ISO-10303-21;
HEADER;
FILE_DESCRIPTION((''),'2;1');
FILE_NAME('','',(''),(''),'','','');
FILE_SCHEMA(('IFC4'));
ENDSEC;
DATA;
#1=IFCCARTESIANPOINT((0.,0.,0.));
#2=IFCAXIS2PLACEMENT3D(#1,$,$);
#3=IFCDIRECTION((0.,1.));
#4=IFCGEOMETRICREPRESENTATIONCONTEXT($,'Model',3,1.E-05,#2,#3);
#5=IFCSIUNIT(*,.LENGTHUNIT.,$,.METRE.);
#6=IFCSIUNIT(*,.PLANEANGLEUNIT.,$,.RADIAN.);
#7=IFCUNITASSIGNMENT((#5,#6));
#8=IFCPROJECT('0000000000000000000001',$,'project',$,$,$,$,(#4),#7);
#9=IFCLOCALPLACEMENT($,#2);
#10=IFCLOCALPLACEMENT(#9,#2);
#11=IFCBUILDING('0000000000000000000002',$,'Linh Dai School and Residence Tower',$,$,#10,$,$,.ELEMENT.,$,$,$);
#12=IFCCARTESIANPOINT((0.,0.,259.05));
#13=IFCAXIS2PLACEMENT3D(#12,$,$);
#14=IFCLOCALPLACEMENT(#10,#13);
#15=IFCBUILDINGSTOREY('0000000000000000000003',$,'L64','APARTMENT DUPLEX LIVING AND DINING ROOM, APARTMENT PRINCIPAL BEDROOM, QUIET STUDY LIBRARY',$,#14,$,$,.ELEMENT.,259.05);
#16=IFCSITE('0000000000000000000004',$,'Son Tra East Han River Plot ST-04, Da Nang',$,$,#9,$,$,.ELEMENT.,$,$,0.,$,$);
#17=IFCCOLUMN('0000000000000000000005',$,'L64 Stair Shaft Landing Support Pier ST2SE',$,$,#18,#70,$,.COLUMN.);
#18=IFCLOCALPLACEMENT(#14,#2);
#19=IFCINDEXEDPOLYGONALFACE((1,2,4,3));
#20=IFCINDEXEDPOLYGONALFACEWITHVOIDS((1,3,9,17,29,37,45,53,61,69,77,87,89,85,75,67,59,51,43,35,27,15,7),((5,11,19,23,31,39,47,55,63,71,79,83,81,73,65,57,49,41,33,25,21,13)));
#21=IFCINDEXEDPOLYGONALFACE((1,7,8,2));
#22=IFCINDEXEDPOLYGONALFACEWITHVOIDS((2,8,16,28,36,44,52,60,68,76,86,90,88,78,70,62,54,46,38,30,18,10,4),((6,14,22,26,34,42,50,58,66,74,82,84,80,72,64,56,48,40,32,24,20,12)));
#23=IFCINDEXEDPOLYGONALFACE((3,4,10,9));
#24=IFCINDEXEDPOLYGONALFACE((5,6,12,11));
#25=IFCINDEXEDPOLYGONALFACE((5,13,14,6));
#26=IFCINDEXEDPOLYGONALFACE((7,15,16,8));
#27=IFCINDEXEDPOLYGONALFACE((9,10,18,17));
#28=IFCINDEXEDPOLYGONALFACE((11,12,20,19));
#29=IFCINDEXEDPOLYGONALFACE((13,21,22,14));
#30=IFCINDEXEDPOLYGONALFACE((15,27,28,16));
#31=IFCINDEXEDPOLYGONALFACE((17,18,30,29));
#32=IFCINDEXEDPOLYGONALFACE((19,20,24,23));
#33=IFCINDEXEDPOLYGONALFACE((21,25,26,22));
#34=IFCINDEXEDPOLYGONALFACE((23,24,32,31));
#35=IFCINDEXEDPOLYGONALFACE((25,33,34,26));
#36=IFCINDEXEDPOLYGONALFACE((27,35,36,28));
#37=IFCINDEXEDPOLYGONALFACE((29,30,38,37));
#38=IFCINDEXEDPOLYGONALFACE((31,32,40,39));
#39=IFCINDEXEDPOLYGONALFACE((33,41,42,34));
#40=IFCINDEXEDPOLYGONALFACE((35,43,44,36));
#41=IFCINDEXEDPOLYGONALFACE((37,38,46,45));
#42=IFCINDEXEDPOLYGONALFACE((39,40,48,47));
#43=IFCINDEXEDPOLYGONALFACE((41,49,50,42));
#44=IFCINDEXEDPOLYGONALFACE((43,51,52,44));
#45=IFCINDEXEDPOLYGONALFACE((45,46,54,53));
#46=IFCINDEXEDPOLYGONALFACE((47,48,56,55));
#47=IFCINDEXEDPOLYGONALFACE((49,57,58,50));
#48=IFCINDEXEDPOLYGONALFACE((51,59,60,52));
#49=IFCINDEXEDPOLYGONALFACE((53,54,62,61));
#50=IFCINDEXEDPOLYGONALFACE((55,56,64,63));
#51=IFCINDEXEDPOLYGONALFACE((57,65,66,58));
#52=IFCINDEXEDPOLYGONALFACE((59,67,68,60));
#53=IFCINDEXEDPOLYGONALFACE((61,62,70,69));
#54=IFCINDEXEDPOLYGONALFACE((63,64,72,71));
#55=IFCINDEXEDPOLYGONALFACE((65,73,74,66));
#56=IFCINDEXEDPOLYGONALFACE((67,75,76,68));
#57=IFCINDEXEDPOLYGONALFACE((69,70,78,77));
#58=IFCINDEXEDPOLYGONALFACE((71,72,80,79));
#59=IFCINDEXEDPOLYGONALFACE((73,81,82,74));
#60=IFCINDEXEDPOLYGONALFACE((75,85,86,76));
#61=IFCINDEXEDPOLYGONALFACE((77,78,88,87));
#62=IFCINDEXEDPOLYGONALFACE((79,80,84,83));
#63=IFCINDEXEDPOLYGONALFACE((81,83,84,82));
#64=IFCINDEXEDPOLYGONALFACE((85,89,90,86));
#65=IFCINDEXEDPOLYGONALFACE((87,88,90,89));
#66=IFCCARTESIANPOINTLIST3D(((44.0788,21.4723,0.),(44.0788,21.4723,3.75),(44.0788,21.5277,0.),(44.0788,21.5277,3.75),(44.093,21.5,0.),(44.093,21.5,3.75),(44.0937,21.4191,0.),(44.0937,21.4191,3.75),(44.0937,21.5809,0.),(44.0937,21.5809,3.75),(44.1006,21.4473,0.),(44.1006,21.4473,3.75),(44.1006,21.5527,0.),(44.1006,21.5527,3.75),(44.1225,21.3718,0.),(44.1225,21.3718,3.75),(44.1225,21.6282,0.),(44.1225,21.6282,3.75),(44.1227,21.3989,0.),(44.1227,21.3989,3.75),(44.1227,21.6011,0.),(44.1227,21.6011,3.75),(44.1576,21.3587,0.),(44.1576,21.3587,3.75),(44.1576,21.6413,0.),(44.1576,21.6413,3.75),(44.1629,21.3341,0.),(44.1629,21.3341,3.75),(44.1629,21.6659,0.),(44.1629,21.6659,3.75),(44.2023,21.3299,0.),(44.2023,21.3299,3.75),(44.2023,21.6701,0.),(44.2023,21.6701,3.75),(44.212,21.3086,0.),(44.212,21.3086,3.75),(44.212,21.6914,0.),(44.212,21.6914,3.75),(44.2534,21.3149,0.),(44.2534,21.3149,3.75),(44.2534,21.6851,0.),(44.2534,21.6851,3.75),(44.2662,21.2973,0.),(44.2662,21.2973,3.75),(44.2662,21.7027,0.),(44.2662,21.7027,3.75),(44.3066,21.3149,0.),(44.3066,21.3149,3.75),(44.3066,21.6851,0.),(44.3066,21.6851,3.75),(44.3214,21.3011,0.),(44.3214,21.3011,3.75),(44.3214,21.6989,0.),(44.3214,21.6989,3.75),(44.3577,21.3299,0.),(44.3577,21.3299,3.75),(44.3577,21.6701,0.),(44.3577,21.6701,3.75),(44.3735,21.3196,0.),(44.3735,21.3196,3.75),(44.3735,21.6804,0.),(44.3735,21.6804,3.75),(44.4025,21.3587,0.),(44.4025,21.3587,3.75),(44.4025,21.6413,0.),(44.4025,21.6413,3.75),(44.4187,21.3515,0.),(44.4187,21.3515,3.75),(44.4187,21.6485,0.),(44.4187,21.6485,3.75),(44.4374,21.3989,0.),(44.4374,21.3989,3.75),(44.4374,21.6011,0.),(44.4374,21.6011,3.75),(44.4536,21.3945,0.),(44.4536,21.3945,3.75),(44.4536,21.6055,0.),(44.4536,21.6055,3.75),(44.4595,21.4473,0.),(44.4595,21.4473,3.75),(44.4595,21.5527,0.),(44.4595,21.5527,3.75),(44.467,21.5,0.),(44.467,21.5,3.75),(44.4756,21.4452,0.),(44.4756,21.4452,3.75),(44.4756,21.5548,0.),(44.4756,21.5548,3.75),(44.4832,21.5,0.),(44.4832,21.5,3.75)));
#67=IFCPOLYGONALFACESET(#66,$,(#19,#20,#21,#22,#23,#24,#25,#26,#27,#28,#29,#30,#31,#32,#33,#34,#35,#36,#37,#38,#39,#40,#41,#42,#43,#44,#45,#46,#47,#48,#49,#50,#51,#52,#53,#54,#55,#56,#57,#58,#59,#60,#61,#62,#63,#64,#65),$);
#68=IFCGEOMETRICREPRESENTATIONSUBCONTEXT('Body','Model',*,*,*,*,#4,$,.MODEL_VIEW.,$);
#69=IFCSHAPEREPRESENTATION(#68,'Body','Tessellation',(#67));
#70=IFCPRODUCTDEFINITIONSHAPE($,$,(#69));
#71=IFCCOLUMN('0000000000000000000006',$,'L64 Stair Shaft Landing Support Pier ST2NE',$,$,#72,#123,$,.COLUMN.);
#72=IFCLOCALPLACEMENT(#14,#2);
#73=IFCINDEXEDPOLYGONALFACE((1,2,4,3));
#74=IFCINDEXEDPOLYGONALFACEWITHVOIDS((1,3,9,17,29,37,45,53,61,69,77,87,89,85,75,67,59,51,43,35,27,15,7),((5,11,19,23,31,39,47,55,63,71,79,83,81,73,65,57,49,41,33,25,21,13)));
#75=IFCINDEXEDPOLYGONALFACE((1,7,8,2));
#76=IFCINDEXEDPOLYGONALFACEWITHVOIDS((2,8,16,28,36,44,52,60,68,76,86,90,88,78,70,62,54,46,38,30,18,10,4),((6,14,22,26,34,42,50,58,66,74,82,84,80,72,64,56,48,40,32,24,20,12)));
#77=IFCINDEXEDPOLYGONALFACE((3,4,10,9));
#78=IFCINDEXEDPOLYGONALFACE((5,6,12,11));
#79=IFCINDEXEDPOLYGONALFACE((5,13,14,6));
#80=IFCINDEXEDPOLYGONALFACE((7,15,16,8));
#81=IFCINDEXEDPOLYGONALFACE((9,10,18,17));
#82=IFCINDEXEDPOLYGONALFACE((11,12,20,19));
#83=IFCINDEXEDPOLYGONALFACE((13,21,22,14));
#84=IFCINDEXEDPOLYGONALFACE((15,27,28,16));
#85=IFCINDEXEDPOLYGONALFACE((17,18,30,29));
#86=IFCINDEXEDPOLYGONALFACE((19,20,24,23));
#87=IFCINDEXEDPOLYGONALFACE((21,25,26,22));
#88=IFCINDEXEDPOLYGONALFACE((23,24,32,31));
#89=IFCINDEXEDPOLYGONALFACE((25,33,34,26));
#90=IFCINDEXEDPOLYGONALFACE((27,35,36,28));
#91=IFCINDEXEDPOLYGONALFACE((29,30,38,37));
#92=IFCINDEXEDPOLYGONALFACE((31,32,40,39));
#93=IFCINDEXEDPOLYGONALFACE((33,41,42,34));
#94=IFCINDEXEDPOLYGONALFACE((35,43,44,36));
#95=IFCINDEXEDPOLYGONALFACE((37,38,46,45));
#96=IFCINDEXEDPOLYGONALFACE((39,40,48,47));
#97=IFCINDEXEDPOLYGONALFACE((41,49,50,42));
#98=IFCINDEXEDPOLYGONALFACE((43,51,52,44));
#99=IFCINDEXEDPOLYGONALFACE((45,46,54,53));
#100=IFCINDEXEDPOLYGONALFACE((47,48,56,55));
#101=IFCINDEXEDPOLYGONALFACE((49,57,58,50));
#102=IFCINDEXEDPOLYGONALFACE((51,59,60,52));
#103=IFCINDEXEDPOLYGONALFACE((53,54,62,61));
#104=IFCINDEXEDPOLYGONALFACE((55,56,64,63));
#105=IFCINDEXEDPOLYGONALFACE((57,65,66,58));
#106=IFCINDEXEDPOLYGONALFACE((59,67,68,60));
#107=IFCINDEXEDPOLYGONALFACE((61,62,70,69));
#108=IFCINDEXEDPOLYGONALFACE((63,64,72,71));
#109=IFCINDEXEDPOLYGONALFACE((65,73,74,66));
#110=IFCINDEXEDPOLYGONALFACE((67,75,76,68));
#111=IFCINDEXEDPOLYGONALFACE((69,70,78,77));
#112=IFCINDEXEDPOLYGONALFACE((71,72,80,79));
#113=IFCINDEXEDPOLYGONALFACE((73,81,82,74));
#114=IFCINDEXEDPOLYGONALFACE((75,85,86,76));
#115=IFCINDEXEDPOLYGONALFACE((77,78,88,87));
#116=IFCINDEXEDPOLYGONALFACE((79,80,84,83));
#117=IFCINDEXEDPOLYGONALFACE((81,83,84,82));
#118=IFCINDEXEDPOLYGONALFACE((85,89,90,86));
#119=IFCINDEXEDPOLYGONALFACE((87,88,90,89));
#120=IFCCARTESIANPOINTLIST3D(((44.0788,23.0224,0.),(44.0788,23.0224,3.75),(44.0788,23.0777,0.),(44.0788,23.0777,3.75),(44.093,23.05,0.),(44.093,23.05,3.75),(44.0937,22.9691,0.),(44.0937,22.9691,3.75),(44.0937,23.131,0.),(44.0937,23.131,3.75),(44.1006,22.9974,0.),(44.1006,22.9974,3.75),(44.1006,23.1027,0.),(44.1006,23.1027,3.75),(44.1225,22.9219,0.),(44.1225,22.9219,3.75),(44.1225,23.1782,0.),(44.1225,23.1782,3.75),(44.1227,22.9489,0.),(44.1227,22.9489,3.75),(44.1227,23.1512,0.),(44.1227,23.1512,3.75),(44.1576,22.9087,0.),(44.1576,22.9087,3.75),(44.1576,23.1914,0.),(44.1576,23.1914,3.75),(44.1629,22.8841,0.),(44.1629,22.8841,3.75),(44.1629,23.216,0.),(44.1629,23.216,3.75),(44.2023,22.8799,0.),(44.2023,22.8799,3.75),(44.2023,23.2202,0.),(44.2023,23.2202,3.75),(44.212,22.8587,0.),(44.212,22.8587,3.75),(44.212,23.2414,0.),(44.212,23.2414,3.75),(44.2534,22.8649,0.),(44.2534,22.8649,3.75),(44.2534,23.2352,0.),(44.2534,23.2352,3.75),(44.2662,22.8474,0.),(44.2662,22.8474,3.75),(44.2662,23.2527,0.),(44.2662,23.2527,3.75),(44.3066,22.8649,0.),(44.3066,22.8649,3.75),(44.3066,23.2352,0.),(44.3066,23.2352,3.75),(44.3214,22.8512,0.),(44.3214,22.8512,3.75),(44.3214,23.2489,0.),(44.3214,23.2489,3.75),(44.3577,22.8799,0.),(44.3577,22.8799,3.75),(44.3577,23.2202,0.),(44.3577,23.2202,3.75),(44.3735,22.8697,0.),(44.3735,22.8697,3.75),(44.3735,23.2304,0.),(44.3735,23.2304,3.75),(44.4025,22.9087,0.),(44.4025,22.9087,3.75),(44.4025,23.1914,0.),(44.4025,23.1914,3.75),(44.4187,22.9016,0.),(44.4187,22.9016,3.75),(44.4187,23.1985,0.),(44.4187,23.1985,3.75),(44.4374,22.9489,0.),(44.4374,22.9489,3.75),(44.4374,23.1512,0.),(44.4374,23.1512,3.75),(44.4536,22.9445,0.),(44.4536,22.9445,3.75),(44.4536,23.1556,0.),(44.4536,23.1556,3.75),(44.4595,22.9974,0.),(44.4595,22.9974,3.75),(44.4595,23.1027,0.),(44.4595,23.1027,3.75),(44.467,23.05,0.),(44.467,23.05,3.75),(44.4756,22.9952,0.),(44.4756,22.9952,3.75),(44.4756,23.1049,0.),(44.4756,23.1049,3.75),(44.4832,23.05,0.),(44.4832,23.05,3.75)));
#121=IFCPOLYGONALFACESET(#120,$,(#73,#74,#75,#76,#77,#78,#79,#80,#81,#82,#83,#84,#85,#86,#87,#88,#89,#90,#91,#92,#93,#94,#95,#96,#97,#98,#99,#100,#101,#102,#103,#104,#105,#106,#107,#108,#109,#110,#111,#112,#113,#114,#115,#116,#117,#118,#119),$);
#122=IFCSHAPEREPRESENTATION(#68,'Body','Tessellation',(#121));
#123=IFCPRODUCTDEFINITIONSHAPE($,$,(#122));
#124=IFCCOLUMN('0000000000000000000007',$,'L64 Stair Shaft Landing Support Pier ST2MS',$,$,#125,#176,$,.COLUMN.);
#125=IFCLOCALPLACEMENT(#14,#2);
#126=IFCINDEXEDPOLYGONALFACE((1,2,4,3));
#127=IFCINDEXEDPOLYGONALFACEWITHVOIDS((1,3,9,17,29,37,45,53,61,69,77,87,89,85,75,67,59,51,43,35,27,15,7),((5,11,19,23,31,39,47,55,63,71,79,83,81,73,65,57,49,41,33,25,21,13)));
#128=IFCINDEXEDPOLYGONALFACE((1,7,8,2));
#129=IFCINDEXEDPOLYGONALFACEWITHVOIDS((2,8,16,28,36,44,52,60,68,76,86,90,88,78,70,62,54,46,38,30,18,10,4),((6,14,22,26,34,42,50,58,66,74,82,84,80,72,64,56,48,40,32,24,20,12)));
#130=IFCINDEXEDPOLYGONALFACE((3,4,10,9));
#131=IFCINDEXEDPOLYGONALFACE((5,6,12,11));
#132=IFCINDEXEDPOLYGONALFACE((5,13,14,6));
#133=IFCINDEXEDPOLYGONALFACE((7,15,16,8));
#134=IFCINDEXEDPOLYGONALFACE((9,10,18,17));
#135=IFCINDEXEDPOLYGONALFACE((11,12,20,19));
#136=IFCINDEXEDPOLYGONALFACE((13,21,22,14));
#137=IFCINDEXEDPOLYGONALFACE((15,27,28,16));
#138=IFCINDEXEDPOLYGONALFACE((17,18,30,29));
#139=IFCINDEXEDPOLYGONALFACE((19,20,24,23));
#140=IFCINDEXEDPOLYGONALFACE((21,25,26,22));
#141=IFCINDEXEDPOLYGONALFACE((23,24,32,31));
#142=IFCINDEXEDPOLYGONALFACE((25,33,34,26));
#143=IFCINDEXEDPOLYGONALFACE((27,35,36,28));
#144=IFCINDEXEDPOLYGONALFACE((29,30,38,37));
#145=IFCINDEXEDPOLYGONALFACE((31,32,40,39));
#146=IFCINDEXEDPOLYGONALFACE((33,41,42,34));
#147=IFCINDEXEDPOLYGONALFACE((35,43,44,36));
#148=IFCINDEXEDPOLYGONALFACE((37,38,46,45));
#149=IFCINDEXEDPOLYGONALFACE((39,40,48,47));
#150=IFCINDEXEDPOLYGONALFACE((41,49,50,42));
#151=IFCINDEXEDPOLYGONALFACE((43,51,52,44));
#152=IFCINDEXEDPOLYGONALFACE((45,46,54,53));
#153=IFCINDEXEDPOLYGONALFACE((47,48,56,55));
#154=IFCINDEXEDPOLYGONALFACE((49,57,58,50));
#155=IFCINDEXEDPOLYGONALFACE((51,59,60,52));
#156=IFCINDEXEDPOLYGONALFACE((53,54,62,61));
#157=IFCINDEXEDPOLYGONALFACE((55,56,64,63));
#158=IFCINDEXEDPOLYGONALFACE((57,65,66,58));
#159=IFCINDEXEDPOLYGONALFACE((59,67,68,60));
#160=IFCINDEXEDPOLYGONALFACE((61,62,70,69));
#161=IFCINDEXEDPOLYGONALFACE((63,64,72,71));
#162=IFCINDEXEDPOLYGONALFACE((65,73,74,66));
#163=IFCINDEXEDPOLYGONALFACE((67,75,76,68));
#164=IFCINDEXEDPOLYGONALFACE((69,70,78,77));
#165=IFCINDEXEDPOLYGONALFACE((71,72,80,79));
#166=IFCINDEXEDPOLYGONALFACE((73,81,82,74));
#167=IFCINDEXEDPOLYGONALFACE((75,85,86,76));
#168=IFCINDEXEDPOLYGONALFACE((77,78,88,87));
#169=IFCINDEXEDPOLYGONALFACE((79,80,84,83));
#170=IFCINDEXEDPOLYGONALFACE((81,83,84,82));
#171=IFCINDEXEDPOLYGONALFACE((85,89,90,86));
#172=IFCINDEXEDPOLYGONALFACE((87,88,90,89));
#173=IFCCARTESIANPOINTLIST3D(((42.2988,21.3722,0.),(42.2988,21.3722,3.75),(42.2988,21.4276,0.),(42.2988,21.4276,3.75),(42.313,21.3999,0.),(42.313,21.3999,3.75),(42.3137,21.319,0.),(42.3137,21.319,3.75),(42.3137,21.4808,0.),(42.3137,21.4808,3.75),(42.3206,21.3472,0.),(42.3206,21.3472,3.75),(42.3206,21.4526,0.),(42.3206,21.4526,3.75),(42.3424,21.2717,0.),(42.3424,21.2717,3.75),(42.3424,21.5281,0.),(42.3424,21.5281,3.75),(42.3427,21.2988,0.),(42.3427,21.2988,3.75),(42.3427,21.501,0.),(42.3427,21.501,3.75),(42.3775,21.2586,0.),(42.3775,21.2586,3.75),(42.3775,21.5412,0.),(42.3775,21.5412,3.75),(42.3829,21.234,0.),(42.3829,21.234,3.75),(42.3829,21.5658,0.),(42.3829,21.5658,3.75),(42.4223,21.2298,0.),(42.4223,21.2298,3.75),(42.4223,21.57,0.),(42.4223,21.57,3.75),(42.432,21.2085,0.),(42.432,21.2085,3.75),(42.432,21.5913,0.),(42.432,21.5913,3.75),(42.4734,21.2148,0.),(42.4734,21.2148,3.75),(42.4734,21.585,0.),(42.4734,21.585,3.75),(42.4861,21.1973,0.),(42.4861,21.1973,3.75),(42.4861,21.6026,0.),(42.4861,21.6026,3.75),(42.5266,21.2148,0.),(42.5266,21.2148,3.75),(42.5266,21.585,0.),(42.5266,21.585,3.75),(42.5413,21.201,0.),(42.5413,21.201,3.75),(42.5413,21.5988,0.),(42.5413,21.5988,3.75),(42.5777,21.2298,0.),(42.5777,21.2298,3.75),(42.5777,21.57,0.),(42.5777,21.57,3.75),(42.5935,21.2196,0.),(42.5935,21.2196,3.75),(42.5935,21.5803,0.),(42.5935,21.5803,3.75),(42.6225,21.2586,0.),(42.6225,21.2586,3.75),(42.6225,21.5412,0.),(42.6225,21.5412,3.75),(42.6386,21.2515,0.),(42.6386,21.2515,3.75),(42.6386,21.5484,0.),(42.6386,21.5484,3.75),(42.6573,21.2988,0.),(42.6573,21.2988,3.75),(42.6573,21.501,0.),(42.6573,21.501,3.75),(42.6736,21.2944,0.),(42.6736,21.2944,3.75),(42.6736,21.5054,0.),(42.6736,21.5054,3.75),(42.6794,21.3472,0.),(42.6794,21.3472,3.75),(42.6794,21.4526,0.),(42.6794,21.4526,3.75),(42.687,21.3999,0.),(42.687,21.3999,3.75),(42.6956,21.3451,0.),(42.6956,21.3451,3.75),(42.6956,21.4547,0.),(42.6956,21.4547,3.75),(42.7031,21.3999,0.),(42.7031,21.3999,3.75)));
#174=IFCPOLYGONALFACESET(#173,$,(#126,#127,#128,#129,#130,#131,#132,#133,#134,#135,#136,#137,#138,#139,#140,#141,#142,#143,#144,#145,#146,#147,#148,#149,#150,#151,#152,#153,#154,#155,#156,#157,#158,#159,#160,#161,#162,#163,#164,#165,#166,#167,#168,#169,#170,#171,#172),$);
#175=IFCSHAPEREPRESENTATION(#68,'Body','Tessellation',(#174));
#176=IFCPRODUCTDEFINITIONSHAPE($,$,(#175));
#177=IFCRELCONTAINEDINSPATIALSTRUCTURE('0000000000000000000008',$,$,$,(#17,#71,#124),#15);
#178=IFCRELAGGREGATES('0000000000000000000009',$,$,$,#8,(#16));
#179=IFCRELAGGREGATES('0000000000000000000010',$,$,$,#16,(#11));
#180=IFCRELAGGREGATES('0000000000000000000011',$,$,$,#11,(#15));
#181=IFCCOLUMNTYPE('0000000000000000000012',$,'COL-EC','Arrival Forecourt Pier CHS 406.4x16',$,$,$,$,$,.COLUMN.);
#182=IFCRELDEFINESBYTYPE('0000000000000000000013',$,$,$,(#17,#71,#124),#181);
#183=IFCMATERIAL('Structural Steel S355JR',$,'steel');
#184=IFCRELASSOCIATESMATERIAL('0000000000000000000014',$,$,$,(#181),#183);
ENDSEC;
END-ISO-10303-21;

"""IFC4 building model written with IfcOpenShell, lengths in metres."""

from ifc_helpers import new_model, si_unit, direction, frame, origin, origin_2d, place, context, subcontext, project, spatial, hollow_circle, extrude, material, material_profile, profile_set, type_object, element, save


model = new_model("IFC4")

# Units and contexts
model_context = context("Model", 3, precision=1e-05, world=origin(), true_north=direction((0.0, 1.0)))
body_context = subcontext(model_context, "Body", "Model", "MODEL_VIEW")
ifc_project = project(units=[si_unit("LENGTHUNIT", "METRE"), si_unit("PLANEANGLEUNIT", "RADIAN")], contexts=[model_context])

# Site, building, storey
site_placement = place(None, origin())
site = spatial("IfcSite", under=ifc_project, at=site_placement, Name="Son Tra East Han River Plot ST-04, Da Nang", CompositionType="ELEMENT", RefElevation=0.0)
building_placement = place(site_placement, origin())
building = spatial("IfcBuilding", under=site, at=building_placement, Name="Linh Dai School and Residence Tower", CompositionType="ELEMENT")
storey_placement = place(building_placement, frame((0.0, 0.0, 259.05)))
storey = spatial("IfcBuildingStorey", under=building, at=storey_placement, Name="L64", Description="APARTMENT DUPLEX LIVING AND DINING ROOM, APARTMENT PRINCIPAL BEDROOM, QUIET STUDY LIBRARY", CompositionType="ELEMENT", Elevation=259.05)

# Columns
ifc_material_1 = material(Name="Structural Steel S355JR", Category="steel")
ifc_material_profile_1 = material_profile(ifc_material_1, hollow_circle(Radius=0.2031, WallThickness=0.0161, at=origin_2d()), Name="CHS 406.4x16")
ifc_profile_set_1 = profile_set([ifc_material_profile_1], Name="Structural Steel S355JR")
column_type_1 = type_object("IfcColumnType", Name="COL-EC", Description="Arrival Forecourt Pier CHS 406.4x16", PredefinedType="COLUMN", material=ifc_profile_set_1)
for number, where, z_axis, x_axis, name in (
    (1, (44.28, 21.5, 0.0), (0.0, 0.0, 1.0), (1.0, 0.0, 0.0), "L64 Stair Shaft Landing Support Pier ST2SE"),
    (2, (44.28, 23.05, 0.0), (0.0, 0.0, 1.0), (1.0, 0.0, 0.0), "L64 Stair Shaft Landing Support Pier ST2NE"),
    (3, (42.5, 21.3999, 0.0), (0.0, 0.0, 1.0), (1.0, 0.0, 0.0), "L64 Stair Shaft Landing Support Pier ST2MS"),
):
    element("IfcColumn", number, at=place(storey_placement, frame(where, z_axis=z_axis, x_axis=x_axis)), inside=storey, type_object=column_type_1, Name=name, PredefinedType="COLUMN", context=body_context, shape_type="SweptSolid", body=[
        extrude(hollow_circle(Radius=0.2031, WallThickness=0.0161, at=origin_2d()), origin(), (0.0, 0.0, 1.0), 3.75),
    ])

save(model, "model.ifc")
